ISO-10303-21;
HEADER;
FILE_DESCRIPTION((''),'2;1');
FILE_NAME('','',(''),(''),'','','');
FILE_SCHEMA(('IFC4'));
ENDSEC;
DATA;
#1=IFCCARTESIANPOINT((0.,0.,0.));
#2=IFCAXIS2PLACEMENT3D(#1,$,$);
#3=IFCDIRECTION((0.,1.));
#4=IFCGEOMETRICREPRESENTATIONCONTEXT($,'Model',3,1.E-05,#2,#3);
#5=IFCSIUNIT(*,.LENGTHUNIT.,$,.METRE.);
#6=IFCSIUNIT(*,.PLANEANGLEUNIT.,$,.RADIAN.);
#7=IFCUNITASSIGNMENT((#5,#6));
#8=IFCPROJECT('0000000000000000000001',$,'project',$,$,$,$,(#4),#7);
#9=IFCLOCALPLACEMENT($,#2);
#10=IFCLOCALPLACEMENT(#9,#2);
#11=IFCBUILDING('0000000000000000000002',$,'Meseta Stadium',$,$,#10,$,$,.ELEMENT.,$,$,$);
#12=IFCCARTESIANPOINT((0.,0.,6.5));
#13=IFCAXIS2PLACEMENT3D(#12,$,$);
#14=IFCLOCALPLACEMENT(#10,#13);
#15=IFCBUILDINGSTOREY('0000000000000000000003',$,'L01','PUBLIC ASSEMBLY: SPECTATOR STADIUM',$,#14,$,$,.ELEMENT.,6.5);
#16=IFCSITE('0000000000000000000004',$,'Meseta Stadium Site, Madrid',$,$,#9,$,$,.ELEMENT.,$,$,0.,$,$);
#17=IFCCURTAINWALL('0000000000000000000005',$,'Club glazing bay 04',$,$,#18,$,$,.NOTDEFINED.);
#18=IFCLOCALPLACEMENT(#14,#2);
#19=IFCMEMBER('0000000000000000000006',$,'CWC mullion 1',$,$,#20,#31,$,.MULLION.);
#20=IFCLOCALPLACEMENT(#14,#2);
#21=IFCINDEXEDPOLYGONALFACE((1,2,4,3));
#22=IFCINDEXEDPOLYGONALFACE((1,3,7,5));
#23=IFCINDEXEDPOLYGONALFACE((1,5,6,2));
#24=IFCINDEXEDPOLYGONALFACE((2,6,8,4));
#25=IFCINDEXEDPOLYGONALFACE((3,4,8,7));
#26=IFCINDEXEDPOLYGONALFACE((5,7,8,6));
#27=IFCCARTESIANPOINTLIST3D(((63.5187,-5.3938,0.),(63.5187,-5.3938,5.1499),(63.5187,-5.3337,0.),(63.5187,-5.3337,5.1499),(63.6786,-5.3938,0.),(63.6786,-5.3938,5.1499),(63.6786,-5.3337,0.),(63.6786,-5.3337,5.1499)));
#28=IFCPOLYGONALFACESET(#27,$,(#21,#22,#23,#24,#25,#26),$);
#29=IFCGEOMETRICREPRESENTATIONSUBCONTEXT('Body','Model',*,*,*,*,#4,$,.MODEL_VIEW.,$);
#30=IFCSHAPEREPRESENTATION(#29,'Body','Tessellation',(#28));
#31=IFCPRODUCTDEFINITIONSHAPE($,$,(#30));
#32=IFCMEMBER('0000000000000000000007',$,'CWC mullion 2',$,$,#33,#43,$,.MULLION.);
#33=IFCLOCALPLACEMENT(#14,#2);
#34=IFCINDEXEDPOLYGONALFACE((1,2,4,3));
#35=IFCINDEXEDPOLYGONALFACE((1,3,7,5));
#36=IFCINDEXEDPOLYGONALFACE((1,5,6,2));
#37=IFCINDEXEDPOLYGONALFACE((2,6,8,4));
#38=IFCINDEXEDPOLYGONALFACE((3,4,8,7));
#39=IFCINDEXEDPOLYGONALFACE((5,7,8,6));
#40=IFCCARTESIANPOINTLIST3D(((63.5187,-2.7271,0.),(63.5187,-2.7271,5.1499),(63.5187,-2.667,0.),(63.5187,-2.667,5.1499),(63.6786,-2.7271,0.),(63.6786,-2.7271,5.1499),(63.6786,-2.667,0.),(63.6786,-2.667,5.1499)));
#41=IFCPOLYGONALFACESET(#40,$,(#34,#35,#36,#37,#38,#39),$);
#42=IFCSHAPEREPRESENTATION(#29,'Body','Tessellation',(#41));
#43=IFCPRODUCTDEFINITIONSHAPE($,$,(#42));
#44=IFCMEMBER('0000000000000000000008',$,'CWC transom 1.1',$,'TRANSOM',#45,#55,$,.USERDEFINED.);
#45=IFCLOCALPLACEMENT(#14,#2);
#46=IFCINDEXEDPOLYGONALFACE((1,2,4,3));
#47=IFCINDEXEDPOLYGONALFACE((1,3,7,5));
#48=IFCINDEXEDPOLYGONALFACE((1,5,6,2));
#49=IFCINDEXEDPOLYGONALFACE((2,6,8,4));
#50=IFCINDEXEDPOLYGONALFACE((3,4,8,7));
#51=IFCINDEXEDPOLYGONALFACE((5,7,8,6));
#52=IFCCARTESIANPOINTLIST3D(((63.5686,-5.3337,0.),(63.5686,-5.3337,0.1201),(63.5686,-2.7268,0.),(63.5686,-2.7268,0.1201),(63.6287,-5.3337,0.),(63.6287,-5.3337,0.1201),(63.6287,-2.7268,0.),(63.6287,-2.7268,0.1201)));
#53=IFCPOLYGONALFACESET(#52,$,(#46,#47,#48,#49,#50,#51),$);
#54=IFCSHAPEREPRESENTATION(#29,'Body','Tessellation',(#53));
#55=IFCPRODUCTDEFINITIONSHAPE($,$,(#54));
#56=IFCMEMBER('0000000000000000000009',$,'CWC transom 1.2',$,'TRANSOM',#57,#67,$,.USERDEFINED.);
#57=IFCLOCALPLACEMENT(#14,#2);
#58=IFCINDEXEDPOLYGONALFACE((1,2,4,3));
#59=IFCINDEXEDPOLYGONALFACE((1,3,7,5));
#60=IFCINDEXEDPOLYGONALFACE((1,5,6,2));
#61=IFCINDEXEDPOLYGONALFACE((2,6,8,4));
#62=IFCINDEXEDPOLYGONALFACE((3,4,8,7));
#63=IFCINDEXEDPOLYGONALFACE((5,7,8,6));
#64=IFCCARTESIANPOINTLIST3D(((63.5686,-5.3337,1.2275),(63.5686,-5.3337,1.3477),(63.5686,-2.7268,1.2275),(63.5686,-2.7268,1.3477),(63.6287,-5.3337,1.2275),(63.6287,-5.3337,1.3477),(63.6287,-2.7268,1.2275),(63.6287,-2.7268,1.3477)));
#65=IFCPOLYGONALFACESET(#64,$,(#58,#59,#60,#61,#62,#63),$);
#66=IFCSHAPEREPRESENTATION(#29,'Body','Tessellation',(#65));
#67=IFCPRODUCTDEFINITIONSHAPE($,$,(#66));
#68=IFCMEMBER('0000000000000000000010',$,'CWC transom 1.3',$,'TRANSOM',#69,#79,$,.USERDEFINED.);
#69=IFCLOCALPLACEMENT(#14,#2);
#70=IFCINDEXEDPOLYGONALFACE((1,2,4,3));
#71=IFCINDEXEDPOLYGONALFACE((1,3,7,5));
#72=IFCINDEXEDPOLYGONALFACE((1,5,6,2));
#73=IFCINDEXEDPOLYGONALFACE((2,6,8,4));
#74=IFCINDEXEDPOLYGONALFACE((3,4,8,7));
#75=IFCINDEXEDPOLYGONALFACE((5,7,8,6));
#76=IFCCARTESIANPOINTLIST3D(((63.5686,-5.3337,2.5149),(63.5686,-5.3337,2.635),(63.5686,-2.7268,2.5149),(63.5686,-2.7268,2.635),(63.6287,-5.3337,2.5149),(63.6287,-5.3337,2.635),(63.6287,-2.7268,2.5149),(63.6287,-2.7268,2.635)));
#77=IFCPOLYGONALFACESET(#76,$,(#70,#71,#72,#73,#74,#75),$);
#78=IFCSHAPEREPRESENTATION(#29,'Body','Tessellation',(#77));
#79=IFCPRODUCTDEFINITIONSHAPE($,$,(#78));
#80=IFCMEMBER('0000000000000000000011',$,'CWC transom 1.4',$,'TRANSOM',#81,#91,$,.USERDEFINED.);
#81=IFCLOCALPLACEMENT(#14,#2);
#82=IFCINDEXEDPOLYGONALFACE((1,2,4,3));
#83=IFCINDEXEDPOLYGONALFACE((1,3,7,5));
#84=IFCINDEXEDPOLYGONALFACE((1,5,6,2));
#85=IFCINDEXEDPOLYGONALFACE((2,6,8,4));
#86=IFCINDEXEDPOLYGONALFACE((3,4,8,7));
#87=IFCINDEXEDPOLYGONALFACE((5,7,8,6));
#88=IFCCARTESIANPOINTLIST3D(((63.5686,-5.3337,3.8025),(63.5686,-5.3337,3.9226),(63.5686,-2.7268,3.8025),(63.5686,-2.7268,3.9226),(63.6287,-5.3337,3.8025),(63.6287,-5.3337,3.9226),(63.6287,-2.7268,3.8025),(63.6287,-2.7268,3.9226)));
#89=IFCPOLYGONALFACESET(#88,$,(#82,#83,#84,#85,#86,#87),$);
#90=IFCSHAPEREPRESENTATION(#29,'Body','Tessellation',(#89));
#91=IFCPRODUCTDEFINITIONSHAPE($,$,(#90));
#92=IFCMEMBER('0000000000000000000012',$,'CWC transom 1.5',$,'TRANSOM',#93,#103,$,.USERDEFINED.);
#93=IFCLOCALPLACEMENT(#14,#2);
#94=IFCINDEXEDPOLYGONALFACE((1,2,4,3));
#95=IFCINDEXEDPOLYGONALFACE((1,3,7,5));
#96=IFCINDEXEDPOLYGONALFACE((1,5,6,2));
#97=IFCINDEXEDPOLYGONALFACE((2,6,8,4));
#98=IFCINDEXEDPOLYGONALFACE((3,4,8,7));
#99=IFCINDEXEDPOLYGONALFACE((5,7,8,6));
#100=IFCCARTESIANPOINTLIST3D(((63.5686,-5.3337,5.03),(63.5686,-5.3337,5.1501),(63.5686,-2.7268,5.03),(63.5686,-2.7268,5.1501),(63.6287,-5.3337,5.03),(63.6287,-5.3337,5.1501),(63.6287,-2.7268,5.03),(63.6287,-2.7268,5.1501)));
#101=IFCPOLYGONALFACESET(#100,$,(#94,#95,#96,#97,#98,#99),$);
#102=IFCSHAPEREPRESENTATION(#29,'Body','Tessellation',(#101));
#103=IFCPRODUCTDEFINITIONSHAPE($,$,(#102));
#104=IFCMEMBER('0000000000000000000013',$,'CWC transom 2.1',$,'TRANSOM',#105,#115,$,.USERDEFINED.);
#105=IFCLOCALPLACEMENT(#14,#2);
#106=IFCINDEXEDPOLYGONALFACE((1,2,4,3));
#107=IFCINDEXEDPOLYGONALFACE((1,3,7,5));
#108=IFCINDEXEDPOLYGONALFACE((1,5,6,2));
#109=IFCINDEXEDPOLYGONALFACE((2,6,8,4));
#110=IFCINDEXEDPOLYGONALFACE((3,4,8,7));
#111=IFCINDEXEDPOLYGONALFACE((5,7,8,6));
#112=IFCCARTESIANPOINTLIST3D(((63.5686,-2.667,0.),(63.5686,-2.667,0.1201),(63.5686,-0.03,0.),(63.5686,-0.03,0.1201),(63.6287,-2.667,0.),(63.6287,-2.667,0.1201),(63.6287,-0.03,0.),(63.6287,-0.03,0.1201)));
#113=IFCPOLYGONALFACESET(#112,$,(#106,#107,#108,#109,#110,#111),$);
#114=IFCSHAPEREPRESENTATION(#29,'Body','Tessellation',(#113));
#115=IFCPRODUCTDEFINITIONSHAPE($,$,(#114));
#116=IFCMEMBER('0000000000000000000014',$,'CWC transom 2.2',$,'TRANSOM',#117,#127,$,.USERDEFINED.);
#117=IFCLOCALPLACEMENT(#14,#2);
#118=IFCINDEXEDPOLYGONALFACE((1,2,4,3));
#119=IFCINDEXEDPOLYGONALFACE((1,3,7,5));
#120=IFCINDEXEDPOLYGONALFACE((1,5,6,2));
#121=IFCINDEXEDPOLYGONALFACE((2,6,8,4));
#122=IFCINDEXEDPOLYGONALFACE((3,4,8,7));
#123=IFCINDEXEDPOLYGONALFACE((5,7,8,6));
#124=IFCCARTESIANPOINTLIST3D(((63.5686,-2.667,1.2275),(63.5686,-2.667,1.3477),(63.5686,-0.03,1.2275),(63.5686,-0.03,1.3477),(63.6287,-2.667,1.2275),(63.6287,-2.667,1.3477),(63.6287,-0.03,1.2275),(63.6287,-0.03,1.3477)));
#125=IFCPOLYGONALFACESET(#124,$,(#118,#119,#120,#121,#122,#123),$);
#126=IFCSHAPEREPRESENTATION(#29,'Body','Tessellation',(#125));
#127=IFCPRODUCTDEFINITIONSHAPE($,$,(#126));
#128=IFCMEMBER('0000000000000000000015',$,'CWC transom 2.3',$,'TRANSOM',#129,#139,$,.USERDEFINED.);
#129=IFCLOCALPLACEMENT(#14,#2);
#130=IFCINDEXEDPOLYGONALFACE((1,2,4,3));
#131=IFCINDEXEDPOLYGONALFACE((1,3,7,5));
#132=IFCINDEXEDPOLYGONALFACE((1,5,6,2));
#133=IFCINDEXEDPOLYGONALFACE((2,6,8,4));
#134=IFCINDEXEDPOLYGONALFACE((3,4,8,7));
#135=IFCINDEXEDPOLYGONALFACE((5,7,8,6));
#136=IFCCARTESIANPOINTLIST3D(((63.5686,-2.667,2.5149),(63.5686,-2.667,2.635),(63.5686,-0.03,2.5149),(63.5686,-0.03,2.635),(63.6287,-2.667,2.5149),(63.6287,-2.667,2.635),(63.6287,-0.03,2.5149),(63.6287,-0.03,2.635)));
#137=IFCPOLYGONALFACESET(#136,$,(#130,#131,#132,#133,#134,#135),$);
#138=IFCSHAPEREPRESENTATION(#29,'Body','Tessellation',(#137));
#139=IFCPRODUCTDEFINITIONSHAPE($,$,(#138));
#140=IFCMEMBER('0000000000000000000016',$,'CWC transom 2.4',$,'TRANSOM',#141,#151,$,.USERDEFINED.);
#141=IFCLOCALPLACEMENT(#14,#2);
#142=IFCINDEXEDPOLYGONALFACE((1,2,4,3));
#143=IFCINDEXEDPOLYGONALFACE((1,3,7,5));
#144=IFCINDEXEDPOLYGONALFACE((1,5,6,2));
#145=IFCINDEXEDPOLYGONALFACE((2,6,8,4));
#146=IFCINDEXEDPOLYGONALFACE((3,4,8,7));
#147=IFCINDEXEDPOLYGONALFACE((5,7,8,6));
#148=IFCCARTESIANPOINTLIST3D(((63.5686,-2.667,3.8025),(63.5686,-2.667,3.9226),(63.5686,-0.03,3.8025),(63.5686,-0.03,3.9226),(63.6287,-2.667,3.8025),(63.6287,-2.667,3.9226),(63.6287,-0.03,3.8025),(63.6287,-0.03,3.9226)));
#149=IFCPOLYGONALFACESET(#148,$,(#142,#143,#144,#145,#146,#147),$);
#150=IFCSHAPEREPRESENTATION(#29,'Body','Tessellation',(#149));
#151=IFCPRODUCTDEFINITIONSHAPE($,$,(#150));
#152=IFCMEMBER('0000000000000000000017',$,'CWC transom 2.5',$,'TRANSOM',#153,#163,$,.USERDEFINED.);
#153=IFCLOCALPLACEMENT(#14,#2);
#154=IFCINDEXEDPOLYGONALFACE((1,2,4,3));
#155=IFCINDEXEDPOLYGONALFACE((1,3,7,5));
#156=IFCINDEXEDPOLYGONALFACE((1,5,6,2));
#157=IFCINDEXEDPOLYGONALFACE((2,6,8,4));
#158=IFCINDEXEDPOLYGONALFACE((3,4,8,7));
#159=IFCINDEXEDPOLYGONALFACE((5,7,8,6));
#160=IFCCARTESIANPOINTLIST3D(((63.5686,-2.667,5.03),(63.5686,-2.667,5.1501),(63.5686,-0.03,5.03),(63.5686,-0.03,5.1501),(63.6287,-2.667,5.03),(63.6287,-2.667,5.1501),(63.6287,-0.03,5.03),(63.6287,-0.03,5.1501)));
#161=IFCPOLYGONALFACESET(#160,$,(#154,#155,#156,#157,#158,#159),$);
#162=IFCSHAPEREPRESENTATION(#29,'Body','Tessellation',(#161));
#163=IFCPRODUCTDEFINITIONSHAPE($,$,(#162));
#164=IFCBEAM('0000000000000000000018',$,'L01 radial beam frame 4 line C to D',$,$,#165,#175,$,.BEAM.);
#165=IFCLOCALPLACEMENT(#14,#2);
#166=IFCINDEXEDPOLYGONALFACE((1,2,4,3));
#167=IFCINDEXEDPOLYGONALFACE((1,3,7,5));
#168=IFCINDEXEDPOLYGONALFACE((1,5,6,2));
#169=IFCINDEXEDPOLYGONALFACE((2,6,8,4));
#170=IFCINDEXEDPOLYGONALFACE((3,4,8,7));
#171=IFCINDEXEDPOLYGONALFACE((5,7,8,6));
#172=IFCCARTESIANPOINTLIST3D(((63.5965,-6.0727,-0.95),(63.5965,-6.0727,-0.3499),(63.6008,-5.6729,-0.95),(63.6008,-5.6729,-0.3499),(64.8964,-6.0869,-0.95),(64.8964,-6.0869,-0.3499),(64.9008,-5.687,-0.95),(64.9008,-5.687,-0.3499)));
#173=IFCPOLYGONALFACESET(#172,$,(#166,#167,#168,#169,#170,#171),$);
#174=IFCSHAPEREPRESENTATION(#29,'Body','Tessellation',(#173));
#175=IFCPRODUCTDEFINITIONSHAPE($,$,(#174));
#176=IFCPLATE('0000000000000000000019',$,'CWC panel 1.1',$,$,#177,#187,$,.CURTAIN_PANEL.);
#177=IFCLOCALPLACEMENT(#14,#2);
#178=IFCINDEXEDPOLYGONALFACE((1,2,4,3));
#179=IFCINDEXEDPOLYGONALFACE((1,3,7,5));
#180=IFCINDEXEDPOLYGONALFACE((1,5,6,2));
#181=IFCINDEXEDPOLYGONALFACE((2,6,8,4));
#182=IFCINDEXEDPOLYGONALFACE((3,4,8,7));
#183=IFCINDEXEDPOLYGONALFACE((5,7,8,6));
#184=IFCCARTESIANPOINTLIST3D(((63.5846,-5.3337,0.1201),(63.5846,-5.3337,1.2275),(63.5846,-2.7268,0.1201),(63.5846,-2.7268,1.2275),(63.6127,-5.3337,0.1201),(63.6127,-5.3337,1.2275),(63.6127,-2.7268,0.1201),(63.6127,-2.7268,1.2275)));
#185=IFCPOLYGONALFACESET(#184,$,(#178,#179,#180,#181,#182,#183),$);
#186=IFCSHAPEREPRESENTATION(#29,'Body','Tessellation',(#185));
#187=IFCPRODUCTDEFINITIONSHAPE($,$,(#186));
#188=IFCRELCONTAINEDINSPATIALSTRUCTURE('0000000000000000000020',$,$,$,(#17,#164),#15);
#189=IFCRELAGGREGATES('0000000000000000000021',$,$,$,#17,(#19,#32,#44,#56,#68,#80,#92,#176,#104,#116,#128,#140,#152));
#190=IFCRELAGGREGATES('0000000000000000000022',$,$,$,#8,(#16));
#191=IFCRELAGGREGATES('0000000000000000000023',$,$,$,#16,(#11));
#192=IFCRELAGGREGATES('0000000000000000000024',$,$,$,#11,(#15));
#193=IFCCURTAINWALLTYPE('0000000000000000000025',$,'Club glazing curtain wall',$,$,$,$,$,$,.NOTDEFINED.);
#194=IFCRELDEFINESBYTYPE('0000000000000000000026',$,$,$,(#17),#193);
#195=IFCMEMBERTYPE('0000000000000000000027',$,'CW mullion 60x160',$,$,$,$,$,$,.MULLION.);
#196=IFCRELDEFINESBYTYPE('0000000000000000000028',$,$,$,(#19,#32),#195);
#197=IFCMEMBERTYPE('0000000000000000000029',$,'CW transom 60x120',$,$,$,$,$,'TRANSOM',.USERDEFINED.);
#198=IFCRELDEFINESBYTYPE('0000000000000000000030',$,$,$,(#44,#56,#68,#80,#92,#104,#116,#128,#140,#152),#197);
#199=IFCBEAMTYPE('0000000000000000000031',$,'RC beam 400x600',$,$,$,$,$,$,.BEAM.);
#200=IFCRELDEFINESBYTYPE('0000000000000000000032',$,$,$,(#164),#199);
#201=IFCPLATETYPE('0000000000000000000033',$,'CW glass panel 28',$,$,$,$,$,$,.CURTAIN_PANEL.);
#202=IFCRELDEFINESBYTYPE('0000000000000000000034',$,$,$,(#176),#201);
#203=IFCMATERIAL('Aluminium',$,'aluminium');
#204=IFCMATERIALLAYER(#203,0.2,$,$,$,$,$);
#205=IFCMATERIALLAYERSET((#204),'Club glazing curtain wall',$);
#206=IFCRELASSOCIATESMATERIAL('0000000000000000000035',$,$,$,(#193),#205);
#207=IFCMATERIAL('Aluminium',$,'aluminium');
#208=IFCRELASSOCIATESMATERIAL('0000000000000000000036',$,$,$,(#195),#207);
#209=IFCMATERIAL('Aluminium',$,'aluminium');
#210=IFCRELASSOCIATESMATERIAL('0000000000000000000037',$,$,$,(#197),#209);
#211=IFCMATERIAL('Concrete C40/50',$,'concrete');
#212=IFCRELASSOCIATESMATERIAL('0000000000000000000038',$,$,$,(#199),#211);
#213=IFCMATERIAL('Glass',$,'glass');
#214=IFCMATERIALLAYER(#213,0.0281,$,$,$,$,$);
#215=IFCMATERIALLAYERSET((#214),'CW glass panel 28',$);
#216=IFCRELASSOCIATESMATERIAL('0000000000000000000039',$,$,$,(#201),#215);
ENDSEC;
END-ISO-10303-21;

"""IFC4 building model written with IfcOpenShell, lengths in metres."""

from ifc_helpers import new_model, si_unit, direction, frame, origin, origin_2d, place, context, subcontext, project, spatial, rectangle, extrude, material, layer, layer_set, material_profile, profile_set, type_object, element, aggregate, save


model = new_model("IFC4")

# Units and contexts
model_context = context("Model", 3, precision=1e-05, world=origin(), true_north=direction((0.0, 1.0)))
body_context = subcontext(model_context, "Body", "Model", "MODEL_VIEW")
ifc_project = project(units=[si_unit("LENGTHUNIT", "METRE"), si_unit("PLANEANGLEUNIT", "RADIAN")], contexts=[model_context])

# Site, building, storey
site_placement = place(None, origin())
site = spatial("IfcSite", under=ifc_project, at=site_placement, Name="Meseta Stadium Site, Madrid", CompositionType="ELEMENT", RefElevation=0.0)
building_placement = place(site_placement, origin())
building = spatial("IfcBuilding", under=site, at=building_placement, Name="Meseta Stadium", CompositionType="ELEMENT")
storey_placement = place(building_placement, frame((0.0, 0.0, 6.5)))
storey = spatial("IfcBuildingStorey", under=building, at=storey_placement, Name="L01", Description="PUBLIC ASSEMBLY: SPECTATOR STADIUM", CompositionType="ELEMENT", Elevation=6.5)

# Curtain wall, members
ifc_material_1 = material(Name="Aluminium", Category="aluminium")
ifc_layer_1 = layer(ifc_material_1, 0.2)
ifc_layer_set_1 = layer_set([ifc_layer_1], Name="Club glazing curtain wall")
curtain_wall_type = type_object("IfcCurtainWallType", Name="Club glazing curtain wall", PredefinedType="NOTDEFINED", material=ifc_layer_set_1)
curtain_wall_placement = place(storey_placement, origin())
curtain_wall = element("IfcCurtainWall", 1, at=curtain_wall_placement, inside=storey, type_object=curtain_wall_type, Name="Club glazing bay 04", PredefinedType="NOTDEFINED")
ifc_material_2 = material(Name="Aluminium", Category="aluminium")
ifc_material_profile_1 = material_profile(ifc_material_2, rectangle(XDim=0.1599, YDim=0.0601, at=origin_2d()), Name="CW 160x60")
ifc_profile_set_1 = profile_set([ifc_material_profile_1], Name="Aluminium")
member_type_1 = type_object("IfcMemberType", Name="CW mullion 60x160", PredefinedType="MULLION", material=ifc_profile_set_1)
member_1_placement = place(storey_placement, frame((63.5986, -5.3638, 0.0), z_axis=(0.0, 0.0, 1.0), x_axis=(-1.0, 0.0, 0.0)))
member_1 = element("IfcMember", 2, at=member_1_placement, type_object=member_type_1, Name="CWC mullion 1", PredefinedType="MULLION", context=body_context, shape_type="SweptSolid", body=[
    extrude(rectangle(XDim=0.1599, YDim=0.0601, at=origin_2d()), origin(), (0.0, 0.0, 1.0), 5.1499),
])
member_2_placement = place(storey_placement, frame((63.5986, -2.697, 0.0), z_axis=(0.0, 0.0, 1.0), x_axis=(-1.0, 0.0, 0.0)))
member_2 = element("IfcMember", 3, at=member_2_placement, type_object=member_type_1, Name="CWC mullion 2", PredefinedType="MULLION", context=body_context, shape_type="SweptSolid", body=[
    extrude(rectangle(XDim=0.1599, YDim=0.0601, at=origin_2d()), origin(), (0.0, 0.0, 1.0), 5.1499),
])
ifc_material_3 = material(Name="Aluminium", Category="aluminium")
ifc_material_profile_2 = material_profile(ifc_material_3, rectangle(XDim=0.0601, YDim=0.1201, at=origin_2d()), Name="CW 60x120")
ifc_profile_set_2 = profile_set([ifc_material_profile_2], Name="Aluminium")
member_type_2 = type_object("IfcMemberType", Name="CW transom 60x120", ElementType="TRANSOM", PredefinedType="USERDEFINED", material=ifc_profile_set_2)
member_3_placement = place(storey_placement, frame((63.5986, -5.3337, 0.0601), z_axis=(0.0, 1.0, 0.0), x_axis=(-1.0, 0.0, 0.0)))
member_3 = element("IfcMember", 4, at=member_3_placement, type_object=member_type_2, Name="CWC transom 1.1", ObjectType="TRANSOM", PredefinedType="USERDEFINED", context=body_context, shape_type="SweptSolid", body=[
    extrude(rectangle(XDim=0.0601, YDim=0.1201, at=origin_2d()), origin(), (0.0, 0.0, 1.0), 2.6069),
])
member_4_placement = place(storey_placement, frame((63.5986, -5.3337, 1.2876), z_axis=(0.0, 1.0, 0.0), x_axis=(-1.0, 0.0, 0.0)))
member_4 = element("IfcMember", 5, at=member_4_placement, type_object=member_type_2, Name="CWC transom 1.2", ObjectType="TRANSOM", PredefinedType="USERDEFINED", context=body_context, shape_type="SweptSolid", body=[
    extrude(rectangle(XDim=0.0601, YDim=0.1201, at=origin_2d()), origin(), (0.0, 0.0, 1.0), 2.6069),
])
member_5_placement = place(storey_placement, frame((63.5986, -5.3337, 2.575), z_axis=(0.0, 1.0, 0.0), x_axis=(-1.0, 0.0, 0.0)))
member_5 = element("IfcMember", 6, at=member_5_placement, type_object=member_type_2, Name="CWC transom 1.3", ObjectType="TRANSOM", PredefinedType="USERDEFINED", context=body_context, shape_type="SweptSolid", body=[
    extrude(rectangle(XDim=0.0601, YDim=0.1201, at=origin_2d()), origin(), (0.0, 0.0, 1.0), 2.6069),
])
member_6_placement = place(storey_placement, frame((63.5986, -5.3337, 3.8625), z_axis=(0.0, 1.0, 0.0), x_axis=(-1.0, 0.0, 0.0)))
member_6 = element("IfcMember", 7, at=member_6_placement, type_object=member_type_2, Name="CWC transom 1.4", ObjectType="TRANSOM", PredefinedType="USERDEFINED", context=body_context, shape_type="SweptSolid", body=[
    extrude(rectangle(XDim=0.0601, YDim=0.1201, at=origin_2d()), origin(), (0.0, 0.0, 1.0), 2.6069),
])
member_7_placement = place(storey_placement, frame((63.5986, -5.3337, 5.0901), z_axis=(0.0, 1.0, 0.0), x_axis=(-1.0, 0.0, 0.0)))
member_7 = element("IfcMember", 8, at=member_7_placement, type_object=member_type_2, Name="CWC transom 1.5", ObjectType="TRANSOM", PredefinedType="USERDEFINED", context=body_context, shape_type="SweptSolid", body=[
    extrude(rectangle(XDim=0.0601, YDim=0.1201, at=origin_2d()), origin(), (0.0, 0.0, 1.0), 2.6069),
])
member_8_placement = place(storey_placement, frame((63.5986, -2.667, 0.0601), z_axis=(0.0, 1.0, 0.0), x_axis=(-1.0, 0.0, 0.0)))
member_8 = element("IfcMember", 9, at=member_8_placement, type_object=member_type_2, Name="CWC transom 2.1", ObjectType="TRANSOM", PredefinedType="USERDEFINED", context=body_context, shape_type="SweptSolid", body=[
    extrude(rectangle(XDim=0.0601, YDim=0.1201, at=origin_2d()), origin(), (0.0, 0.0, 1.0), 2.637),
])
member_9_placement = place(storey_placement, frame((63.5986, -2.667, 1.2876), z_axis=(0.0, 1.0, 0.0), x_axis=(-1.0, 0.0, 0.0)))
member_9 = element("IfcMember", 10, at=member_9_placement, type_object=member_type_2, Name="CWC transom 2.2", ObjectType="TRANSOM", PredefinedType="USERDEFINED", context=body_context, shape_type="SweptSolid", body=[
    extrude(rectangle(XDim=0.0601, YDim=0.1201, at=origin_2d()), origin(), (0.0, 0.0, 1.0), 2.637),
])
member_10_placement = place(storey_placement, frame((63.5986, -2.667, 2.575), z_axis=(0.0, 1.0, 0.0), x_axis=(-1.0, 0.0, 0.0)))
member_10 = element("IfcMember", 11, at=member_10_placement, type_object=member_type_2, Name="CWC transom 2.3", ObjectType="TRANSOM", PredefinedType="USERDEFINED", context=body_context, shape_type="SweptSolid", body=[
    extrude(rectangle(XDim=0.0601, YDim=0.1201, at=origin_2d()), origin(), (0.0, 0.0, 1.0), 2.637),
])
member_11_placement = place(storey_placement, frame((63.5986, -2.667, 3.8625), z_axis=(0.0, 1.0, 0.0), x_axis=(-1.0, 0.0, 0.0)))
member_11 = element("IfcMember", 12, at=member_11_placement, type_object=member_type_2, Name="CWC transom 2.4", ObjectType="TRANSOM", PredefinedType="USERDEFINED", context=body_context, shape_type="SweptSolid", body=[
    extrude(rectangle(XDim=0.0601, YDim=0.1201, at=origin_2d()), origin(), (0.0, 0.0, 1.0), 2.637),
])
member_12_placement = place(storey_placement, frame((63.5986, -2.667, 5.0901), z_axis=(0.0, 1.0, 0.0), x_axis=(-1.0, 0.0, 0.0)))
member_12 = element("IfcMember", 13, at=member_12_placement, type_object=member_type_2, Name="CWC transom 2.5", ObjectType="TRANSOM", PredefinedType="USERDEFINED", context=body_context, shape_type="SweptSolid", body=[
    extrude(rectangle(XDim=0.0601, YDim=0.1201, at=origin_2d()), origin(), (0.0, 0.0, 1.0), 2.637),
])

# Beam
ifc_material_4 = material(Name="Concrete C40/50", Category="concrete")
ifc_material_profile_3 = material_profile(ifc_material_4, rectangle(XDim=0.3999, YDim=0.6001, at=origin_2d()), Name="RC 400x600")
ifc_profile_set_3 = profile_set([ifc_material_profile_3], Name="Concrete C40/50")
beam_type = type_object("IfcBeamType", Name="RC beam 400x600", PredefinedType="BEAM", material=ifc_profile_set_3)
beam_placement = place(storey_placement, frame((63.5986, -5.8728, -0.6499), z_axis=(0.999941, -0.010891, 0.0), x_axis=(0.010891, 0.999941, 0.0)))
element("IfcBeam", 14, at=beam_placement, inside=storey, type_object=beam_type, Name="L01 radial beam frame 4 line C to D", PredefinedType="BEAM", context=body_context, shape_type="SweptSolid", body=[
    extrude(rectangle(XDim=0.3999, YDim=0.6001, at=origin_2d()), origin(), (0.0, 0.0, 1.0), 1.3),
])

# Plate
ifc_material_5 = material(Name="Glass", Category="glass")
ifc_layer_2 = layer(ifc_material_5, 0.0281)
ifc_layer_set_2 = layer_set([ifc_layer_2], Name="CW glass panel 28")
plate_type = type_object("IfcPlateType", Name="CW glass panel 28", PredefinedType="CURTAIN_PANEL", material=ifc_layer_set_2)
plate_1_placement = place(storey_placement, frame((63.5986, -4.0303, 0.1201), z_axis=(0.0, 0.0, 1.0), x_axis=(0.0, 1.0, 0.0)))
plate_1 = element("IfcPlate", 15, at=plate_1_placement, type_object=plate_type, Name="CWC panel 1.1", PredefinedType="CURTAIN_PANEL", context=body_context, shape_type="SweptSolid", body=[
    extrude(rectangle(XDim=2.6069, YDim=0.0281, at=origin_2d()), origin(), (0.0, 0.0, 1.0), 1.1074),
])
aggregate(curtain_wall, [member_1, member_2, member_3, member_4, member_5, member_6, member_7, plate_1, member_8, member_9, member_10, member_11, member_12])

save(model, "model.ifc")
